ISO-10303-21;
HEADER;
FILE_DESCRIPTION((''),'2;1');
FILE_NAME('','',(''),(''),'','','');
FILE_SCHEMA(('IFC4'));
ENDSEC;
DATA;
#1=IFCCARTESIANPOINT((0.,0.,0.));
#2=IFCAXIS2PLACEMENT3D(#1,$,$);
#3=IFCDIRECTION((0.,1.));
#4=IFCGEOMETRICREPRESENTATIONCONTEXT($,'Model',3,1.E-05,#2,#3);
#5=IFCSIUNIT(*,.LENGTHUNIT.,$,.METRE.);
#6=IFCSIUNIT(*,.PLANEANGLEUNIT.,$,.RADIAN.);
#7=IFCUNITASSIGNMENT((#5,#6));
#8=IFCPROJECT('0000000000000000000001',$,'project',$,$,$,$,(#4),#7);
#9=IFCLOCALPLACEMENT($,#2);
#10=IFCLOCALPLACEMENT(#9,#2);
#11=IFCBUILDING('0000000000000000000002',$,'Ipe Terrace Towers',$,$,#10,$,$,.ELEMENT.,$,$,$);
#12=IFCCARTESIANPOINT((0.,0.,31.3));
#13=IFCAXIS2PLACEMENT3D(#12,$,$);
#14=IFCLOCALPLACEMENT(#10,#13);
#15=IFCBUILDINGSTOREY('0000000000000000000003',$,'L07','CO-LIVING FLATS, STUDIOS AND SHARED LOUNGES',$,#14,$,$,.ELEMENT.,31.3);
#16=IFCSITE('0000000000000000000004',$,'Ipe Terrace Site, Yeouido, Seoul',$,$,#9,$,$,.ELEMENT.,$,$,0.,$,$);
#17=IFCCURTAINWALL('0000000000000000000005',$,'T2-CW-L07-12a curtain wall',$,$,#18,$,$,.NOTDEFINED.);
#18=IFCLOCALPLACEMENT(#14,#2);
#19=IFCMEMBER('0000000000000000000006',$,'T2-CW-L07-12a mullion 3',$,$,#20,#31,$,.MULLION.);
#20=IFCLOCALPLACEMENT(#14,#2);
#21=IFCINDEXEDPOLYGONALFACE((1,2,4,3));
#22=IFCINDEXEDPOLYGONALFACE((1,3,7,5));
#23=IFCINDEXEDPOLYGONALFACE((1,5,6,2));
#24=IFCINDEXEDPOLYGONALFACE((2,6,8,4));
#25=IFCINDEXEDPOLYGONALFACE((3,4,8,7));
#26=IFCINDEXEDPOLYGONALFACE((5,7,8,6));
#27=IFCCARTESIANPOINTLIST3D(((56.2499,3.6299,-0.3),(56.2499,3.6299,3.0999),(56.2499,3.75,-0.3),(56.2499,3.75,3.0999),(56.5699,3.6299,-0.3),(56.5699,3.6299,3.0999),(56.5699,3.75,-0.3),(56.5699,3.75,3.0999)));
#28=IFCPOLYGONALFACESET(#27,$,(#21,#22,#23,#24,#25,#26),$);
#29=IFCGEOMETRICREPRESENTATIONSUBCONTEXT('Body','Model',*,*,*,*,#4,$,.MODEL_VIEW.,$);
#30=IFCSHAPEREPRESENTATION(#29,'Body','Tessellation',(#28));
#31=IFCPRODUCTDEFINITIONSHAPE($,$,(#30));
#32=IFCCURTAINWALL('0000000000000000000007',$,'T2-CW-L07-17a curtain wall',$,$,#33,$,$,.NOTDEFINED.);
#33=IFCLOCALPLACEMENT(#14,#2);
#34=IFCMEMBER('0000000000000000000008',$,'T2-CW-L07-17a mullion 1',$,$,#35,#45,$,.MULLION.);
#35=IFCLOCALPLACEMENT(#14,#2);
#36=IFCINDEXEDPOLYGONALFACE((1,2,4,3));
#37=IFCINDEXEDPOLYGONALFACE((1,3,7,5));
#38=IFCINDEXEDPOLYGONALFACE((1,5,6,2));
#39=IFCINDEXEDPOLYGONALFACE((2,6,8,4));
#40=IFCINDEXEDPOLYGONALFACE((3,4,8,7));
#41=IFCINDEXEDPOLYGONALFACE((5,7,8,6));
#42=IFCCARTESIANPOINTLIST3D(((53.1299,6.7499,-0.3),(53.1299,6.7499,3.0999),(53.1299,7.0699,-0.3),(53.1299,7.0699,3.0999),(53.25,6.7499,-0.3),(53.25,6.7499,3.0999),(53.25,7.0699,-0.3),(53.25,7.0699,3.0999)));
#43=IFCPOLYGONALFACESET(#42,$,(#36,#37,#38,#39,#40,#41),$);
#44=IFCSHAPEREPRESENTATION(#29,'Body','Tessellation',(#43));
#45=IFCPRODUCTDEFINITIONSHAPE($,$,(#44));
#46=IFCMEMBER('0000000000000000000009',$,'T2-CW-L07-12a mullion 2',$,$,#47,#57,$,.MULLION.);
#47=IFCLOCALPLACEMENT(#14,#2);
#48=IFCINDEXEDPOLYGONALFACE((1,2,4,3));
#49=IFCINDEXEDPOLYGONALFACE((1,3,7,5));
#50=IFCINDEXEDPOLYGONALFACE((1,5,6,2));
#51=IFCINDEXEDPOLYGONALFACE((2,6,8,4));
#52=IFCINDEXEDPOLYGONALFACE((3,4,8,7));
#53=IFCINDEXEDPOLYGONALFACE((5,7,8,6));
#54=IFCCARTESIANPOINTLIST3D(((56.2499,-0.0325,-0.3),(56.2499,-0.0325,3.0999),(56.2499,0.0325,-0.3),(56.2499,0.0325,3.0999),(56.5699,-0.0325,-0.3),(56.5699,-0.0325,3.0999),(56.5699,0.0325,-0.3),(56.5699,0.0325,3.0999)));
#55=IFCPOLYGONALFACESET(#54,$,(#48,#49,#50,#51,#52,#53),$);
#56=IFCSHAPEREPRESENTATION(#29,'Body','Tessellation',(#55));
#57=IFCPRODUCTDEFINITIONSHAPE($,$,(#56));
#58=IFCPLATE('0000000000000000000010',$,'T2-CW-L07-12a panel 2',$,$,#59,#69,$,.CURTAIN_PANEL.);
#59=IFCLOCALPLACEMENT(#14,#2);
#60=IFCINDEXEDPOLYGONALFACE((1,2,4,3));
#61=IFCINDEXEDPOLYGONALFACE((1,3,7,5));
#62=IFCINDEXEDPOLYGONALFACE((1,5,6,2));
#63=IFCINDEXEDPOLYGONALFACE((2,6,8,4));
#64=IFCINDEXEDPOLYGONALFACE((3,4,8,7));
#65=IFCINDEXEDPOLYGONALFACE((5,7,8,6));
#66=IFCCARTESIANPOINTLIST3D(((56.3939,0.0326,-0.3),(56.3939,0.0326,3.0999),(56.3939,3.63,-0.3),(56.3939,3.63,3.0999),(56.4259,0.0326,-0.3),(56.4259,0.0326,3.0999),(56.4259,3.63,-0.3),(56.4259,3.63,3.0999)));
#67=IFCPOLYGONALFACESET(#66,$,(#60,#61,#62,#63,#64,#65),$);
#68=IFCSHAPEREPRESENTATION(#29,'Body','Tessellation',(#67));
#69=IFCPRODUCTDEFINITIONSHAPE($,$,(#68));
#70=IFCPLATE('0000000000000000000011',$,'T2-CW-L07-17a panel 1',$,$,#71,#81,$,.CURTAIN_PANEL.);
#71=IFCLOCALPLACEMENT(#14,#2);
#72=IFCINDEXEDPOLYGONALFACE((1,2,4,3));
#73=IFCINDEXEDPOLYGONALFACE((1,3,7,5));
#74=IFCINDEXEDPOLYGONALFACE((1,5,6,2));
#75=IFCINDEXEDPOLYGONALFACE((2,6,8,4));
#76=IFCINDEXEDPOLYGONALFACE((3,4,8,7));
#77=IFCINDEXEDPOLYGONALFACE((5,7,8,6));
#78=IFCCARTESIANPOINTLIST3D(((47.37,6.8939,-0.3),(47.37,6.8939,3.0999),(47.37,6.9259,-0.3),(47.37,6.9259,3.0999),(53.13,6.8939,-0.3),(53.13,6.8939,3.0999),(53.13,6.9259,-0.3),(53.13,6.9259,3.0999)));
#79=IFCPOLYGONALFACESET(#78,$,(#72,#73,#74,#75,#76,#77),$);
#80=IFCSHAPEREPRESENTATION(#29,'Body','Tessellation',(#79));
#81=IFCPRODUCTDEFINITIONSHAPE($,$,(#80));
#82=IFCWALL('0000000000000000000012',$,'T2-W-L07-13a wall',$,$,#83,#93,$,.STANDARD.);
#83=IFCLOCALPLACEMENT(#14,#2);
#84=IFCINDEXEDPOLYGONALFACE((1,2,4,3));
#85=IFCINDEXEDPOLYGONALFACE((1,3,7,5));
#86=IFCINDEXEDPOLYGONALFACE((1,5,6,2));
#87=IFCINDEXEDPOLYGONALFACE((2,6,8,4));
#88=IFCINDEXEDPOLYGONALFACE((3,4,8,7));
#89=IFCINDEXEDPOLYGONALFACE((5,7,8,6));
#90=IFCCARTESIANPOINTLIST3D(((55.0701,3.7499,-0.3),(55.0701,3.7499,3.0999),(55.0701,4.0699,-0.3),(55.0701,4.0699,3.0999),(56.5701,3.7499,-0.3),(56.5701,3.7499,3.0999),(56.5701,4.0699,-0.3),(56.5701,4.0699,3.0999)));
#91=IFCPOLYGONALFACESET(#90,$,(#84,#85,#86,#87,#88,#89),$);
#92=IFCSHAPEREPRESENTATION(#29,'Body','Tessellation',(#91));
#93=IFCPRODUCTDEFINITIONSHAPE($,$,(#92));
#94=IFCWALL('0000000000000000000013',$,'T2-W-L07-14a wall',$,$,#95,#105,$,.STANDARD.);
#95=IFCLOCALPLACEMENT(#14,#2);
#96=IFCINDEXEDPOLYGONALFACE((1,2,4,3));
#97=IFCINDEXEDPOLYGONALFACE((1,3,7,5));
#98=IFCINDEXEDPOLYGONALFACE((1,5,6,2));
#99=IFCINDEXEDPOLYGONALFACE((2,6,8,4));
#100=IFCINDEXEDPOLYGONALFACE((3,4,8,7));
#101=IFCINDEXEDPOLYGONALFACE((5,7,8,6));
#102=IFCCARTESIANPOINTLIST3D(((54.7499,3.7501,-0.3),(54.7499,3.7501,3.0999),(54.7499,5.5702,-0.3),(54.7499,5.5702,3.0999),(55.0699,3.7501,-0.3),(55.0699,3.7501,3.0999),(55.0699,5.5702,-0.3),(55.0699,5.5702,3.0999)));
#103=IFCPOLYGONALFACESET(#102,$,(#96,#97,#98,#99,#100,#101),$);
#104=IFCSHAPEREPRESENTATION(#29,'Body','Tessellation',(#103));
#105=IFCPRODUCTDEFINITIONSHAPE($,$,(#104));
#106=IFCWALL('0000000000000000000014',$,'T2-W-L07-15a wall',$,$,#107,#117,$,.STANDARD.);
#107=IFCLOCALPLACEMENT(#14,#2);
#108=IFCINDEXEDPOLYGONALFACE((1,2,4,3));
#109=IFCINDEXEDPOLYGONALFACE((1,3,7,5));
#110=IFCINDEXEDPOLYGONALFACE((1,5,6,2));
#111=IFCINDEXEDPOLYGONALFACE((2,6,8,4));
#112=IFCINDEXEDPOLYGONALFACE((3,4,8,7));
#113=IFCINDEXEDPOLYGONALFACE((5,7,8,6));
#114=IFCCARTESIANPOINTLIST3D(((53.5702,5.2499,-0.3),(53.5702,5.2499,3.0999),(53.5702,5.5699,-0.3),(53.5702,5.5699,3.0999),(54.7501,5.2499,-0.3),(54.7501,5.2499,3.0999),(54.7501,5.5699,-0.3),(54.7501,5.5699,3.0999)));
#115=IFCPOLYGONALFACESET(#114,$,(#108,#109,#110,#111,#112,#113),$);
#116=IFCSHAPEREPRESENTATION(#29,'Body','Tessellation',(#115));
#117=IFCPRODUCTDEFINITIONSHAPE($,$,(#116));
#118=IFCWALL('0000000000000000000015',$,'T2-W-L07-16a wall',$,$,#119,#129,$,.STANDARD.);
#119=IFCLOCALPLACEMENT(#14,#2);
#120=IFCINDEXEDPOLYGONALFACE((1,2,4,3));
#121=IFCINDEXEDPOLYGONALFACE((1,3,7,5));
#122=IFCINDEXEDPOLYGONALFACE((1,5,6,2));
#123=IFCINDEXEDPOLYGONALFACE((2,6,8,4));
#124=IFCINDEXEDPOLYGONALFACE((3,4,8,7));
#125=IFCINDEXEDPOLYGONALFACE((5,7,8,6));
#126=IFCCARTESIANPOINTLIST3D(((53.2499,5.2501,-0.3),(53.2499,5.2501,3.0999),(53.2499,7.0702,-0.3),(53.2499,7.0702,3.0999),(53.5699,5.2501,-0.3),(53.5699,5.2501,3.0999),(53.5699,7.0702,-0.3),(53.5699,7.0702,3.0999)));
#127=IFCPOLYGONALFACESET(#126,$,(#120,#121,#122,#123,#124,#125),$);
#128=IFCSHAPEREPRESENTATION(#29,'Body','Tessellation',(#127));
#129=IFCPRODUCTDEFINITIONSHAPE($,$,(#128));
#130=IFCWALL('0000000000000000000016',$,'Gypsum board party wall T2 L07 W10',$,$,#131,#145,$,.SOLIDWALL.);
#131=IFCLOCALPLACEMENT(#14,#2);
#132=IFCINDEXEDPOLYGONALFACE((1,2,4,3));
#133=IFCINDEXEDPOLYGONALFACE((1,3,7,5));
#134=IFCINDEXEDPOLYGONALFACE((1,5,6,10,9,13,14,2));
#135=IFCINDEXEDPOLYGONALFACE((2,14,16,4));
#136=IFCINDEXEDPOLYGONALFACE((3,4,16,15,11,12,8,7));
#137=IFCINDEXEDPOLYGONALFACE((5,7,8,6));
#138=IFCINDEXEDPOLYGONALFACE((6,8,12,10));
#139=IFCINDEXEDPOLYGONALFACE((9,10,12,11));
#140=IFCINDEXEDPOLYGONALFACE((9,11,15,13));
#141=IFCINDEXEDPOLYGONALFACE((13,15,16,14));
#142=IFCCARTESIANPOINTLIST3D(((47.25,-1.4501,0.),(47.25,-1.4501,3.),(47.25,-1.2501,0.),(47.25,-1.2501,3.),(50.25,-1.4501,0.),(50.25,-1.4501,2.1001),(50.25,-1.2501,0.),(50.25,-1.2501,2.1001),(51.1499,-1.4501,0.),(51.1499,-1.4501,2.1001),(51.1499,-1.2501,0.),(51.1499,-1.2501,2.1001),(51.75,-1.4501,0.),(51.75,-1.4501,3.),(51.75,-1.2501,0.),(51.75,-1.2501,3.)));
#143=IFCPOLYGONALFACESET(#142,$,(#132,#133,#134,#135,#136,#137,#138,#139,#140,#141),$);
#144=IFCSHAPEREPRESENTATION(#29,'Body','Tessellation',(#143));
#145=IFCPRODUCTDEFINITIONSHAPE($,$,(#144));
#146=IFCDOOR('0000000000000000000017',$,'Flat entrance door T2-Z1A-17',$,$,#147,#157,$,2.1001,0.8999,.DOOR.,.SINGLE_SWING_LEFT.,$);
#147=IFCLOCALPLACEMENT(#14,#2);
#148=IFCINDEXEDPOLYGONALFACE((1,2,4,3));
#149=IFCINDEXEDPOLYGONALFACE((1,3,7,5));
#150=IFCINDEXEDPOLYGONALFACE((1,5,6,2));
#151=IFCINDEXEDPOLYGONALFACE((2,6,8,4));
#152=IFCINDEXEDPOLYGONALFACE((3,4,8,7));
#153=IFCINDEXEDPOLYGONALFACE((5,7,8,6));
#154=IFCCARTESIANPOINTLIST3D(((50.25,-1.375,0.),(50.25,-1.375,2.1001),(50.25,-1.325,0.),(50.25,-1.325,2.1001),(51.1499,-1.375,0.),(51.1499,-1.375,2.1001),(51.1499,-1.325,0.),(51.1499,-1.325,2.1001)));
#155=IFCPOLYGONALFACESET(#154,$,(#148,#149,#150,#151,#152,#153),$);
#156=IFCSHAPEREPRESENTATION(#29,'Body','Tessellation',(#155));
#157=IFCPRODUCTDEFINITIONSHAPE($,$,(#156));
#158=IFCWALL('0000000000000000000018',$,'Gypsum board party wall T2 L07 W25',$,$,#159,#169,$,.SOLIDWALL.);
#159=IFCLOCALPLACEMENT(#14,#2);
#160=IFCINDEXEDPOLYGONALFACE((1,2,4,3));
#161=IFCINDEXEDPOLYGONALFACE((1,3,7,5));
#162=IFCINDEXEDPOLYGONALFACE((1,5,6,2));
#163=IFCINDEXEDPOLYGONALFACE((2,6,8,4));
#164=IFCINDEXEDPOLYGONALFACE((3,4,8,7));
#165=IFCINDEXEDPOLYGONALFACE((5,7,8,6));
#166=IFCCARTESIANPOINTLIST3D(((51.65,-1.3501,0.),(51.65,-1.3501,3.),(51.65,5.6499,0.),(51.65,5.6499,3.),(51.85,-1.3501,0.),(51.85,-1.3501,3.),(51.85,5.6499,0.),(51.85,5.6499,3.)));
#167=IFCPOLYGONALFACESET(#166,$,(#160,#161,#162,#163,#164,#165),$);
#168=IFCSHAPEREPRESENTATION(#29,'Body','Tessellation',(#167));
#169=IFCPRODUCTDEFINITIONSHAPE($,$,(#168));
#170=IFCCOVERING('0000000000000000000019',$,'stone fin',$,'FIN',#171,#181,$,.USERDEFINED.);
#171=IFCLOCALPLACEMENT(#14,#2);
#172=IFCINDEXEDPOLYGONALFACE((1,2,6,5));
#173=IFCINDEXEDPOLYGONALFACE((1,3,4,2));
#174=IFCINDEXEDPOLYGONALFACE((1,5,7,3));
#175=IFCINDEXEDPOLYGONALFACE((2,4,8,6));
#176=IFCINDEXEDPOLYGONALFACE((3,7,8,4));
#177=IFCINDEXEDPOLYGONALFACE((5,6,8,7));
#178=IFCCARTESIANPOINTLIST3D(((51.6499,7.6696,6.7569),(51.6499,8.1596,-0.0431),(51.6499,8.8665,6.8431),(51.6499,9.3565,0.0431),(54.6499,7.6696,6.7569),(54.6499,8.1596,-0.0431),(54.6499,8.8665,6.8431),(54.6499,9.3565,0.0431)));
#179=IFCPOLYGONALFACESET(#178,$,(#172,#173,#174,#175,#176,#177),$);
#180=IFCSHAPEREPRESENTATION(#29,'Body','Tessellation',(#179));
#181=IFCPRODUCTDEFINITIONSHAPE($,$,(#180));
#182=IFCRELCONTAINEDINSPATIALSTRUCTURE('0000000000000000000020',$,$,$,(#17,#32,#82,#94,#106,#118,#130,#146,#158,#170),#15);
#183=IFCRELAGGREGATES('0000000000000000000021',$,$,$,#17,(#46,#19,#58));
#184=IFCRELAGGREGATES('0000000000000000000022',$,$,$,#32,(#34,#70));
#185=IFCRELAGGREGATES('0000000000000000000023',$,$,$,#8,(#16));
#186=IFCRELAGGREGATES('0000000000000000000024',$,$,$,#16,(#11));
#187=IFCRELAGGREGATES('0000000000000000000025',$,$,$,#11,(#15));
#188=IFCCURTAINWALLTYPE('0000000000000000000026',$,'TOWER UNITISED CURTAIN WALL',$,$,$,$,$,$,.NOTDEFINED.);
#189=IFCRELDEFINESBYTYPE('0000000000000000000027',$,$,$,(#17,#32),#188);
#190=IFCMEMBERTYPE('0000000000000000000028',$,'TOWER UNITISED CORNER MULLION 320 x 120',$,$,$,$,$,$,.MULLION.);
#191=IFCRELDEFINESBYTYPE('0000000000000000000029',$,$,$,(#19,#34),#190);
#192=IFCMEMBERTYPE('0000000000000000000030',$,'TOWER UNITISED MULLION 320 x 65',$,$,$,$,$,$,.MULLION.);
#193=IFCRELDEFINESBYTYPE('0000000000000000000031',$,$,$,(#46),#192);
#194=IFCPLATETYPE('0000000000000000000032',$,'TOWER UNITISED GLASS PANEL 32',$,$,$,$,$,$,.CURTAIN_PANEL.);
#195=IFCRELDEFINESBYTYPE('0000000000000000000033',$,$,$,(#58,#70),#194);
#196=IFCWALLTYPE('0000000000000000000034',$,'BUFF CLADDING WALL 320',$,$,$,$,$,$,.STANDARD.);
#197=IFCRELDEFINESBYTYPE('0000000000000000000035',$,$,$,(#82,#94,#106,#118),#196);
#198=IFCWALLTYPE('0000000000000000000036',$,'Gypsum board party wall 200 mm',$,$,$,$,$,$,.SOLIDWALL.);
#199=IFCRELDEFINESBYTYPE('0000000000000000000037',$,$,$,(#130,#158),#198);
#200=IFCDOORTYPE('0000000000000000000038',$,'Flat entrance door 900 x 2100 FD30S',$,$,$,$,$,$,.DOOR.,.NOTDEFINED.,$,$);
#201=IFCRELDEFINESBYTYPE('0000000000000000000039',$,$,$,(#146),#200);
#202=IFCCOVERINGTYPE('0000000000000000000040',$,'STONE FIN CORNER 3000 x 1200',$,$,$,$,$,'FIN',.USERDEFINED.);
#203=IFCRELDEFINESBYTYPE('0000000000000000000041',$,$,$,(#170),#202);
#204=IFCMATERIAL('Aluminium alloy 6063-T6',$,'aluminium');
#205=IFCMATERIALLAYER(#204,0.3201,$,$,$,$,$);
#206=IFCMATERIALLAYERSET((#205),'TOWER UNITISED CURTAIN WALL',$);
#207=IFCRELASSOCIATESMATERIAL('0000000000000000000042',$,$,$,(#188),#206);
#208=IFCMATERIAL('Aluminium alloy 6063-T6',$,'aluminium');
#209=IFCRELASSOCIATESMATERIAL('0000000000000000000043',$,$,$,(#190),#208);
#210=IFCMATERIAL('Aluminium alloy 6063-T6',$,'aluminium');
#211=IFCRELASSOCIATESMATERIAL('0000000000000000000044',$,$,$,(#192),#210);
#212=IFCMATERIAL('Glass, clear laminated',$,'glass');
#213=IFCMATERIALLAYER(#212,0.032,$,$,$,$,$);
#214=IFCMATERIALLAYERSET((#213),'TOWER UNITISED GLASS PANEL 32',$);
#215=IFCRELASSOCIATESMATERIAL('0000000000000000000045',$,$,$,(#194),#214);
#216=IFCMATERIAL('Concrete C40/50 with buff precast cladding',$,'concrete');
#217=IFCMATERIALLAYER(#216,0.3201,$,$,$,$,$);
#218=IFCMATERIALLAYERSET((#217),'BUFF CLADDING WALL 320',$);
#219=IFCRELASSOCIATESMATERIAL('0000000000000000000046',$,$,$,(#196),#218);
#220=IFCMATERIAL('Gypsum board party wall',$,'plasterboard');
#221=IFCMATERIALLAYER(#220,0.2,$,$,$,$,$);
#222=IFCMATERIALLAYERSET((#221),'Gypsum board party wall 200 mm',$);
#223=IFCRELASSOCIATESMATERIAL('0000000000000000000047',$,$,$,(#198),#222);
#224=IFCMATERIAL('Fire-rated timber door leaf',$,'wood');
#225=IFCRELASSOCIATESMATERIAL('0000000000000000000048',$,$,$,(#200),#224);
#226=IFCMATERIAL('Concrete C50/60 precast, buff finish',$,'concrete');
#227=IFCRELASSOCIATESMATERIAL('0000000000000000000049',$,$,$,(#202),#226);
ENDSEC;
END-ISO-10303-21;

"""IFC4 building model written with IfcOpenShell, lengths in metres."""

from ifc_helpers import new_model, si_unit, direction, frame, frame_2d, origin, origin_2d, place, context, subcontext, project, spatial, rectangle, extrude, material, layer, layer_set, material_profile, profile_set, type_object, element, fill, aggregate, save


model = new_model("IFC4")

# Units and contexts
model_context = context("Model", 3, precision=1e-05, world=origin(), true_north=direction((0.0, 1.0)))
body_context = subcontext(model_context, "Body", "Model", "MODEL_VIEW")
ifc_project = project(units=[si_unit("LENGTHUNIT", "METRE"), si_unit("PLANEANGLEUNIT", "RADIAN")], contexts=[model_context])

# Site, building, storey
site_placement = place(None, origin())
site = spatial("IfcSite", under=ifc_project, at=site_placement, Name="Ipe Terrace Site, Yeouido, Seoul", CompositionType="ELEMENT", RefElevation=0.0)
building_placement = place(site_placement, origin())
building = spatial("IfcBuilding", under=site, at=building_placement, Name="Ipe Terrace Towers", CompositionType="ELEMENT")
storey_placement = place(building_placement, frame((0.0, 0.0, 31.3)))
storey = spatial("IfcBuildingStorey", under=building, at=storey_placement, Name="L07", Description="CO-LIVING FLATS, STUDIOS AND SHARED LOUNGES", CompositionType="ELEMENT", Elevation=31.3)

# Curtain walls, members
ifc_material_1 = material(Name="Aluminium alloy 6063-T6", Category="aluminium")
ifc_layer_1 = layer(ifc_material_1, 0.3201)
ifc_layer_set_1 = layer_set([ifc_layer_1], Name="TOWER UNITISED CURTAIN WALL")
curtain_wall_type = type_object("IfcCurtainWallType", Name="TOWER UNITISED CURTAIN WALL", PredefinedType="NOTDEFINED", material=ifc_layer_set_1)
curtain_wall_1_placement = place(storey_placement, origin())
curtain_wall_1 = element("IfcCurtainWall", 1, at=curtain_wall_1_placement, inside=storey, type_object=curtain_wall_type, Name="T2-CW-L07-12a curtain wall", PredefinedType="NOTDEFINED")
ifc_material_2 = material(Name="Aluminium alloy 6063-T6", Category="aluminium")
ifc_material_profile_1 = material_profile(ifc_material_2, rectangle(XDim=0.3201, YDim=0.1201, at=origin_2d()), Name="TOWER UNITISED CORNER MULLION 320 x 120")
ifc_profile_set_1 = profile_set([ifc_material_profile_1], Name="Aluminium alloy 6063-T6")
member_type_1 = type_object("IfcMemberType", Name="TOWER UNITISED CORNER MULLION 320 x 120", PredefinedType="MULLION", material=ifc_profile_set_1)
member_1_placement = place(storey_placement, frame((56.4099, 3.6899, -0.3), z_axis=(0.0, 0.0, 1.0), x_axis=(1.0, 0.0, 0.0)))
member_1 = element("IfcMember", 2, at=member_1_placement, type_object=member_type_1, Name="T2-CW-L07-12a mullion 3", PredefinedType="MULLION", context=body_context, shape_type="SweptSolid", body=[
    extrude(rectangle(XDim=0.3201, YDim=0.1201, at=origin_2d()), origin(), (0.0, 0.0, 1.0), 3.3999),
])
curtain_wall_2_placement = place(storey_placement, origin())
curtain_wall_2 = element("IfcCurtainWall", 3, at=curtain_wall_2_placement, inside=storey, type_object=curtain_wall_type, Name="T2-CW-L07-17a curtain wall", PredefinedType="NOTDEFINED")
member_2_placement = place(storey_placement, frame((53.1899, 6.9099, -0.3), z_axis=(0.0, 0.0, 1.0), x_axis=(0.0, 1.0, 0.0)))
member_2 = element("IfcMember", 4, at=member_2_placement, type_object=member_type_1, Name="T2-CW-L07-17a mullion 1", PredefinedType="MULLION", context=body_context, shape_type="SweptSolid", body=[
    extrude(rectangle(XDim=0.3201, YDim=0.1201, at=origin_2d()), origin(), (0.0, 0.0, 1.0), 3.3999),
])

# Member
ifc_material_3 = material(Name="Aluminium alloy 6063-T6", Category="aluminium")
ifc_material_profile_2 = material_profile(ifc_material_3, rectangle(XDim=0.3201, YDim=0.0649, at=origin_2d()), Name="TOWER UNITISED MULLION 320 x 65")
ifc_profile_set_2 = profile_set([ifc_material_profile_2], Name="Aluminium alloy 6063-T6")
member_type_2 = type_object("IfcMemberType", Name="TOWER UNITISED MULLION 320 x 65", PredefinedType="MULLION", material=ifc_profile_set_2)
member_3_placement = place(storey_placement, frame((56.4099, 0.0, -0.3), z_axis=(0.0, 0.0, 1.0), x_axis=(1.0, 0.0, 0.0)))
member_3 = element("IfcMember", 5, at=member_3_placement, type_object=member_type_2, Name="T2-CW-L07-12a mullion 2", PredefinedType="MULLION", context=body_context, shape_type="SweptSolid", body=[
    extrude(rectangle(XDim=0.3201, YDim=0.0649, at=origin_2d()), origin(), (0.0, 0.0, 1.0), 3.3999),
])

# Plates
ifc_material_4 = material(Name="Glass, clear laminated", Category="glass")
ifc_layer_2 = layer(ifc_material_4, 0.032)
ifc_layer_set_2 = layer_set([ifc_layer_2], Name="TOWER UNITISED GLASS PANEL 32")
plate_type = type_object("IfcPlateType", Name="TOWER UNITISED GLASS PANEL 32", PredefinedType="CURTAIN_PANEL", material=ifc_layer_set_2)
plate_1_placement = place(storey_placement, frame((56.4099, 1.8313, -0.3), z_axis=(0.0, 0.0, 1.0), x_axis=(0.0, 1.0, 0.0)))
plate_1 = element("IfcPlate", 6, at=plate_1_placement, type_object=plate_type, Name="T2-CW-L07-12a panel 2", PredefinedType="CURTAIN_PANEL", context=body_context, shape_type="SweptSolid", body=[
    extrude(rectangle(XDim=3.5974, YDim=0.032, at=origin_2d()), origin(), (0.0, 0.0, 1.0), 3.3999),
])
aggregate(curtain_wall_1, [member_3, member_1, plate_1])
plate_2_placement = place(storey_placement, frame((50.25, 6.9099, -0.3), z_axis=(0.0, 0.0, 1.0), x_axis=(-1.0, 0.0, 0.0)))
plate_2 = element("IfcPlate", 7, at=plate_2_placement, type_object=plate_type, Name="T2-CW-L07-17a panel 1", PredefinedType="CURTAIN_PANEL", context=body_context, shape_type="SweptSolid", body=[
    extrude(rectangle(XDim=5.76, YDim=0.032, at=origin_2d()), origin(), (0.0, 0.0, 1.0), 3.3999),
])
aggregate(curtain_wall_2, [member_2, plate_2])

# Walls
ifc_material_5 = material(Name="Concrete C40/50 with buff precast cladding", Category="concrete")
ifc_layer_3 = layer(ifc_material_5, 0.3201)
ifc_layer_set_3 = layer_set([ifc_layer_3], Name="BUFF CLADDING WALL 320")
wall_type_1 = type_object("IfcWallType", Name="BUFF CLADDING WALL 320", PredefinedType="STANDARD", material=ifc_layer_set_3)
wall_1_placement = place(storey_placement, frame((56.5701, 3.9099, -0.3), z_axis=(0.0, 0.0, 1.0), x_axis=(-1.0, 0.0, 0.0)))
element("IfcWall", 8, at=wall_1_placement, inside=storey, type_object=wall_type_1, Name="T2-W-L07-13a wall", PredefinedType="STANDARD", context=body_context, shape_type="SweptSolid", body=[
    extrude(rectangle(XDim=1.5, YDim=0.3201, at=frame_2d((0.75, 0.0))), origin(), (0.0, 0.0, 1.0), 3.3999),
])
wall_2_placement = place(storey_placement, frame((54.9099, 3.75, -0.3), z_axis=(0.0, 0.0, 1.0), x_axis=(0.0, 1.0, 0.0)))
element("IfcWall", 9, at=wall_2_placement, inside=storey, type_object=wall_type_1, Name="T2-W-L07-14a wall", PredefinedType="STANDARD", context=body_context, shape_type="SweptSolid", body=[
    extrude(rectangle(XDim=1.8201, YDim=0.3201, at=frame_2d((0.9102, 0.0))), origin(), (0.0, 0.0, 1.0), 3.3999),
])
wall_3_placement = place(storey_placement, frame((54.75, 5.4099, -0.3), z_axis=(0.0, 0.0, 1.0), x_axis=(-1.0, 0.0, 0.0)))
element("IfcWall", 10, at=wall_3_placement, inside=storey, type_object=wall_type_1, Name="T2-W-L07-15a wall", PredefinedType="STANDARD", context=body_context, shape_type="SweptSolid", body=[
    extrude(rectangle(XDim=1.1799, YDim=0.3201, at=frame_2d((0.5898, 0.0))), origin(), (0.0, 0.0, 1.0), 3.3999),
])
wall_4_placement = place(storey_placement, frame((53.4099, 5.25, -0.3), z_axis=(0.0, 0.0, 1.0), x_axis=(0.0, 1.0, 0.0)))
element("IfcWall", 11, at=wall_4_placement, inside=storey, type_object=wall_type_1, Name="T2-W-L07-16a wall", PredefinedType="STANDARD", context=body_context, shape_type="SweptSolid", body=[
    extrude(rectangle(XDim=1.8201, YDim=0.3201, at=frame_2d((0.9102, 0.0))), origin(), (0.0, 0.0, 1.0), 3.3999),
])

# Wall, opening, door
ifc_material_6 = material(Name="Gypsum board party wall", Category="plasterboard")
ifc_layer_4 = layer(ifc_material_6, 0.2)
ifc_layer_set_4 = layer_set([ifc_layer_4], Name="Gypsum board party wall 200 mm")
wall_type_2 = type_object("IfcWallType", Name="Gypsum board party wall 200 mm", PredefinedType="SOLIDWALL", material=ifc_layer_set_4)
wall_5_placement = place(storey_placement, frame((51.75, -1.3501, 0.0), z_axis=(0.0, 0.0, 1.0), x_axis=(-1.0, 0.0, 0.0)))
wall_5 = element("IfcWall", 12, at=wall_5_placement, inside=storey, type_object=wall_type_2, Name="Gypsum board party wall T2 L07 W10", PredefinedType="SOLIDWALL", context=body_context, shape_type="SweptSolid", body=[
    extrude(rectangle(XDim=4.5, YDim=0.2, at=frame_2d((2.25, 0.0))), origin(), (0.0, 0.0, 1.0), 3.0),
])
opening_placement = place(wall_5_placement, frame((0.6001, 0.0, 0.0)))
opening = element("IfcOpeningElement", 13, at=opening_placement, cuts=wall_5, PredefinedType="OPENING", context=body_context, shape_type="SweptSolid", body=[
    extrude(rectangle(XDim=0.8999, YDim=2.1001, at=frame_2d((0.45, 1.05))), frame((0.0, 0.1099, 0.0), z_axis=(0.0, -1.0, 0.0), x_axis=(1.0, 0.0, 0.0)), (0.0, 0.0, 1.0), 0.22),
])
ifc_material_7 = material(Name="Fire-rated timber door leaf", Category="wood")
door_type = type_object("IfcDoorType", Name="Flat entrance door 900 x 2100 FD30S", OperationType="NOTDEFINED", PredefinedType="DOOR", material=ifc_material_7)
door_placement = place(opening_placement, origin())
door = element("IfcDoor", 14, at=door_placement, inside=storey, type_object=door_type, Name="Flat entrance door T2-Z1A-17", OperationType="SINGLE_SWING_LEFT", OverallHeight=2.1001, OverallWidth=0.8999, PredefinedType="DOOR", context=body_context, shape_type="SweptSolid", body=[
    extrude(rectangle(XDim=0.8999, YDim=2.1001, at=frame_2d((0.45, 1.05))), frame((0.0, 0.0249, 0.0), z_axis=(0.0, -1.0, 0.0), x_axis=(1.0, 0.0, 0.0)), (0.0, 0.0, 1.0), 0.05),
])
fill(opening, door)

# Wall
wall_6_placement = place(storey_placement, frame((51.75, -1.3501, 0.0), z_axis=(0.0, 0.0, 1.0), x_axis=(0.0, 1.0, 0.0)))
element("IfcWall", 15, at=wall_6_placement, inside=storey, type_object=wall_type_2, Name="Gypsum board party wall T2 L07 W25", PredefinedType="SOLIDWALL", context=body_context, shape_type="SweptSolid", body=[
    extrude(rectangle(XDim=7.0, YDim=0.2, at=frame_2d((3.5, 0.0))), origin(), (0.0, 0.0, 1.0), 3.0),
])

# Covering
ifc_material_8 = material(Name="Concrete C50/60 precast, buff finish", Category="concrete")
ifc_material_profile_3 = material_profile(ifc_material_8, rectangle(XDim=3.0, YDim=1.2, at=origin_2d()), Name="STONE FIN CORNER 3000 x 1200")
ifc_profile_set_3 = profile_set([ifc_material_profile_3], Name="Concrete C50/60 precast, buff finish")
covering_type_1 = type_object("IfcCoveringType", Name="STONE FIN CORNER 3000 x 1200", ElementType="FIN", PredefinedType="USERDEFINED", material=ifc_profile_set_3)
for number, where, z_axis, x_axis, name in (
    (16, (53.1499, 8.7581, 0.0), (0.0, -0.071871, 0.997414), (-1.0, 0.0, 0.0), "stone fin"),
):
    element("IfcCovering", number, at=place(storey_placement, frame(where, z_axis=z_axis, x_axis=x_axis)), inside=storey, type_object=covering_type_1, Name=name, ObjectType="FIN", PredefinedType="USERDEFINED", context=body_context, shape_type="SweptSolid", body=[
        extrude(rectangle(XDim=3.0, YDim=1.2, at=origin_2d()), origin(), (0.0, 0.0, 1.0), 6.8176),
    ])

save(model, "model.ifc")
